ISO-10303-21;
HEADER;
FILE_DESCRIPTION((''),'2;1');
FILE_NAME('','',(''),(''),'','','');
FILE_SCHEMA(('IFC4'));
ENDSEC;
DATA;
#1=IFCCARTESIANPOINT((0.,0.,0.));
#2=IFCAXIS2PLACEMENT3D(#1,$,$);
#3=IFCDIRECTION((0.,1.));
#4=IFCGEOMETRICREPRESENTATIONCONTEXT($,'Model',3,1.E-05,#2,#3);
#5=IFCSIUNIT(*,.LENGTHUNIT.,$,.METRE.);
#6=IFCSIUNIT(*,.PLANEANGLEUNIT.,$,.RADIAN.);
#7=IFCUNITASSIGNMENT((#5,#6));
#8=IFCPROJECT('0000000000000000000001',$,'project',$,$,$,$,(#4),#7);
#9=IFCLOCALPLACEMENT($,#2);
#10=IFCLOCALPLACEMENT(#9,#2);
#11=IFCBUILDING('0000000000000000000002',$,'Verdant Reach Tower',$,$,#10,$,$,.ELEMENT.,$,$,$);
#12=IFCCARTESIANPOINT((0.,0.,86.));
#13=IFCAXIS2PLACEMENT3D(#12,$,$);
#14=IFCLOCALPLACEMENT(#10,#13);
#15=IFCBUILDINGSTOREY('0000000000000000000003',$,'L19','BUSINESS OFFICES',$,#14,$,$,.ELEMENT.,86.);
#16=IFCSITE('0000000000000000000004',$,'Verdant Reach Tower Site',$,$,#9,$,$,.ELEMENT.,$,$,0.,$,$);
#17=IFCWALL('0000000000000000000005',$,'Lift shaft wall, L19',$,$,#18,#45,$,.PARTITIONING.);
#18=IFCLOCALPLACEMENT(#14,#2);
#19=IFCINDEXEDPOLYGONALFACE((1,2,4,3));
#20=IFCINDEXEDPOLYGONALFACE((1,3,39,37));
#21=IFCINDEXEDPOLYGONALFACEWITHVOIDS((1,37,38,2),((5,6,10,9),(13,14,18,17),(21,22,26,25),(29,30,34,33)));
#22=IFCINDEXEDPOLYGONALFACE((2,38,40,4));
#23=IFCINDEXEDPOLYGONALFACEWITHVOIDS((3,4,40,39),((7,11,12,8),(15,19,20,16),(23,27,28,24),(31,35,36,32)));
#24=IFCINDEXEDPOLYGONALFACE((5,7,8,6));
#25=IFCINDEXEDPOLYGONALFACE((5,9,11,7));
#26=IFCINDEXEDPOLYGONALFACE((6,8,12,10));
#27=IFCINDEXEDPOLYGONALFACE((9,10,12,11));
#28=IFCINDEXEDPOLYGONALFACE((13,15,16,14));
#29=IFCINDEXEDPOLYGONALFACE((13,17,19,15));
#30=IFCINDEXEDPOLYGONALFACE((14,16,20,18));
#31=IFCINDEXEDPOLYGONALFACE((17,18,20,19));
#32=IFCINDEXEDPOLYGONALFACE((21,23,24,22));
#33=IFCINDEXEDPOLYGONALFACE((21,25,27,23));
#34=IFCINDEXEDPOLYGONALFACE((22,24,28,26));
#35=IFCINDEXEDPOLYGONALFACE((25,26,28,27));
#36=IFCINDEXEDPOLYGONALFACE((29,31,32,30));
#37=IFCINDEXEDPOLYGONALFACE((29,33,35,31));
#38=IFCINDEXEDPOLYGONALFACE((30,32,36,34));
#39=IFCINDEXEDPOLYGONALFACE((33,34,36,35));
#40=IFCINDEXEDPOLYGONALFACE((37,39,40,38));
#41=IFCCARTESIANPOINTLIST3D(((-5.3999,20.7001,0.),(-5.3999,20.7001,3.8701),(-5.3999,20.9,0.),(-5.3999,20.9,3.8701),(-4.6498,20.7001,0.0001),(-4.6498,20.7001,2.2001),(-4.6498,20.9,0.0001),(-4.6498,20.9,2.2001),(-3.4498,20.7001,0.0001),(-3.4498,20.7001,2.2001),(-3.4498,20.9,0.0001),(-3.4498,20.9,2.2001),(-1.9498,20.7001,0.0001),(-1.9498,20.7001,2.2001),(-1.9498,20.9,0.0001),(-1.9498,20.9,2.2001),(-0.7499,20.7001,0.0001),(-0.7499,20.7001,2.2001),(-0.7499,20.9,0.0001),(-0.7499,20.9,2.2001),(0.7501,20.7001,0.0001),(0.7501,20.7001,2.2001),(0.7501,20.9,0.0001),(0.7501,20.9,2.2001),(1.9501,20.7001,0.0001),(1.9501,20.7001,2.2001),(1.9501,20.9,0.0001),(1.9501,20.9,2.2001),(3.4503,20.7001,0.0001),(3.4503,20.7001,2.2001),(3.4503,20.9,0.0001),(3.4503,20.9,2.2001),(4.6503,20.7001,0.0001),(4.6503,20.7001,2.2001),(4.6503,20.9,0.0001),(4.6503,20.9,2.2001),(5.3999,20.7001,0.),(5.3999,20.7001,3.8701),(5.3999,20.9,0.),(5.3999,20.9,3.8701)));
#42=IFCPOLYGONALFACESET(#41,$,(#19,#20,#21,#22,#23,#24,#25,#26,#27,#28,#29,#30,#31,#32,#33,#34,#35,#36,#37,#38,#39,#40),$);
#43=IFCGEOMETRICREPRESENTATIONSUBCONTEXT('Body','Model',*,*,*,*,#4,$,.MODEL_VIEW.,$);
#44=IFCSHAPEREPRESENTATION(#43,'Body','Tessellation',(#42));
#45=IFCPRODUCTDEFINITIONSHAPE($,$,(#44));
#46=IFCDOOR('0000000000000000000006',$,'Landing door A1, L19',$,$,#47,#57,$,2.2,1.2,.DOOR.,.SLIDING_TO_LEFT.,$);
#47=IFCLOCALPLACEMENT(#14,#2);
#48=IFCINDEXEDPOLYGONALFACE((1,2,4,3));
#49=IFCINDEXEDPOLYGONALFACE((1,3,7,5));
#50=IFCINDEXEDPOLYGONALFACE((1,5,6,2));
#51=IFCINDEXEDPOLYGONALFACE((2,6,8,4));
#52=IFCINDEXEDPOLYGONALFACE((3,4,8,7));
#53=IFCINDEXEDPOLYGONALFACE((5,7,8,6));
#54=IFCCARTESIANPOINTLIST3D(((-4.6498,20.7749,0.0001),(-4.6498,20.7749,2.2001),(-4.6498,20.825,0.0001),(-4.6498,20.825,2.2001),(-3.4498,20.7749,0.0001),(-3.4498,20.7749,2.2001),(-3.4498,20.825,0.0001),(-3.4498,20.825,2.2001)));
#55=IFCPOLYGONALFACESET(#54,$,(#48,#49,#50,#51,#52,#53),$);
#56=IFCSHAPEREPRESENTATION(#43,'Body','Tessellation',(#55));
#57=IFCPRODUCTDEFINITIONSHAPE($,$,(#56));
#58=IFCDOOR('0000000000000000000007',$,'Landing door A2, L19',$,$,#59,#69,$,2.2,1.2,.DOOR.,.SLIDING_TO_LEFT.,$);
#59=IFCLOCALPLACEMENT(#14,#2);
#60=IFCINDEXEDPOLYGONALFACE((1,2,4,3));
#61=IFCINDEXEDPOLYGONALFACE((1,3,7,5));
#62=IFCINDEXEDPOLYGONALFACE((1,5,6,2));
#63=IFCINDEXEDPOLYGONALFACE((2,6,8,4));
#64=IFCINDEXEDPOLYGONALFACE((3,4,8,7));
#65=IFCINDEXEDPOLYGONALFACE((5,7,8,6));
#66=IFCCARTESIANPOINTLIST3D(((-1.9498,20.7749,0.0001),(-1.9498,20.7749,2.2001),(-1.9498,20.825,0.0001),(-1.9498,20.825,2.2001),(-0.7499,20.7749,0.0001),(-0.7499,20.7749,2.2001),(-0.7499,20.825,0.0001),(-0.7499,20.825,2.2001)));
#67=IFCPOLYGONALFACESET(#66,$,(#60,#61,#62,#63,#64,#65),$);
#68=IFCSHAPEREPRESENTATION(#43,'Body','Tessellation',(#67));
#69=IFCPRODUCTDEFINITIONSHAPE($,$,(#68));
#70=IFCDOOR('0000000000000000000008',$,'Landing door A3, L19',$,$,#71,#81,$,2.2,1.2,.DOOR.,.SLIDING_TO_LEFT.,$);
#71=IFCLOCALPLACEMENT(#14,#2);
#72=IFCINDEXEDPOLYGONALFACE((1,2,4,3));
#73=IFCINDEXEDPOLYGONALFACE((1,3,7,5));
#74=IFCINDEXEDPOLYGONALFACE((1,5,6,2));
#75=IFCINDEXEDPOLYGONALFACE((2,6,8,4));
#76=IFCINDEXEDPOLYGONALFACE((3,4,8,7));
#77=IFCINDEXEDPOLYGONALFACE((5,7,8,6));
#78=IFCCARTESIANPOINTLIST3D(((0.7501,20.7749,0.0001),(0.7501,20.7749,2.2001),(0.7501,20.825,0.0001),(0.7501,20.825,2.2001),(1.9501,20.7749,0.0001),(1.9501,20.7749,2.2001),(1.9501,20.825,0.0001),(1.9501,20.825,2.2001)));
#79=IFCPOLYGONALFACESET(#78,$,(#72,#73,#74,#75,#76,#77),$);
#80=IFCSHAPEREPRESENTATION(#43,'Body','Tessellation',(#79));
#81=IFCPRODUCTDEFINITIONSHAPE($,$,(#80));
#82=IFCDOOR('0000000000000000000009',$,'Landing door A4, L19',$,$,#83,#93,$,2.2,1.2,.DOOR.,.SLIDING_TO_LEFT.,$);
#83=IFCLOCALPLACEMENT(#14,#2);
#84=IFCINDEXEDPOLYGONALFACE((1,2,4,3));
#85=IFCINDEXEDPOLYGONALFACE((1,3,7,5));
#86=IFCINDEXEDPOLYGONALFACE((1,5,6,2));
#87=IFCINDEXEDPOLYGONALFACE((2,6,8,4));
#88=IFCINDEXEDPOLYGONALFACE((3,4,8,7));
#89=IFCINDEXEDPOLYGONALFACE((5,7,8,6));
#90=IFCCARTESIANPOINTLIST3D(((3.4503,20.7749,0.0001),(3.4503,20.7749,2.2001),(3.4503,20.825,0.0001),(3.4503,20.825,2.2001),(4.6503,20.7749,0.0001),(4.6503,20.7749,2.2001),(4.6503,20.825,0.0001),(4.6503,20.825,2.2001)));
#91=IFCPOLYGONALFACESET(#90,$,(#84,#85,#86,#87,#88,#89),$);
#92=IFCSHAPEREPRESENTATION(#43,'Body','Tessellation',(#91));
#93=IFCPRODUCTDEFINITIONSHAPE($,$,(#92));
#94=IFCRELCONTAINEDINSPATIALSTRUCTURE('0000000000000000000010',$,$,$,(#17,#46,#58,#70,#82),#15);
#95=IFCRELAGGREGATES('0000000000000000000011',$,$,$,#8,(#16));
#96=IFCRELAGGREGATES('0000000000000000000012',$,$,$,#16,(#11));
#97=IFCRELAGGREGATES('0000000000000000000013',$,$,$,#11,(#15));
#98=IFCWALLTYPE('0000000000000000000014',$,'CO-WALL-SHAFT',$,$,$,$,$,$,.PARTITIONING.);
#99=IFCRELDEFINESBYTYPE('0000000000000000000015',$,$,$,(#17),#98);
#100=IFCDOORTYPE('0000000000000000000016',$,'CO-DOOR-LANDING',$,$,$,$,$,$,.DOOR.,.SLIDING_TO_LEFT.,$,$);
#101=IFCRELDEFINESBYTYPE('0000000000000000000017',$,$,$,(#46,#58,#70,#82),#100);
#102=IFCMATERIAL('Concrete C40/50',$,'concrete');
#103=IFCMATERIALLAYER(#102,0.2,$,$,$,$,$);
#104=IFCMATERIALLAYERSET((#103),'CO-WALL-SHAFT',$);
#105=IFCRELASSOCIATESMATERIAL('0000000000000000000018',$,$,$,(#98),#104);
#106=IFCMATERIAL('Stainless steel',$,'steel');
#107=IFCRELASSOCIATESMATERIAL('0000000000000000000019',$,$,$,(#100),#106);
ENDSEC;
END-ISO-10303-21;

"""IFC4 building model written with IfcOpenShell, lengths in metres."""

from ifc_helpers import new_model, si_unit, direction, frame, frame_2d, origin, place, context, subcontext, project, spatial, rectangle, extrude, material, layer, layer_set, type_object, element, fill, save


model = new_model("IFC4")

# Units and contexts
model_context = context("Model", 3, precision=1e-05, world=origin(), true_north=direction((0.0, 1.0)))
body_context = subcontext(model_context, "Body", "Model", "MODEL_VIEW")
ifc_project = project(units=[si_unit("LENGTHUNIT", "METRE"), si_unit("PLANEANGLEUNIT", "RADIAN")], contexts=[model_context])

# Site, building, storey
site_placement = place(None, origin())
site = spatial("IfcSite", under=ifc_project, at=site_placement, Name="Verdant Reach Tower Site", CompositionType="ELEMENT", RefElevation=0.0)
building_placement = place(site_placement, origin())
building = spatial("IfcBuilding", under=site, at=building_placement, Name="Verdant Reach Tower", CompositionType="ELEMENT")
storey_placement = place(building_placement, frame((0.0, 0.0, 86.0)))
storey = spatial("IfcBuildingStorey", under=building, at=storey_placement, Name="L19", Description="BUSINESS OFFICES", CompositionType="ELEMENT", Elevation=86.0)

# Wall, openings, doors
ifc_material_1 = material(Name="Concrete C40/50", Category="concrete")
ifc_layer_1 = layer(ifc_material_1, 0.2)
ifc_layer_set_1 = layer_set([ifc_layer_1], Name="CO-WALL-SHAFT")
wall_type_1 = type_object("IfcWallType", Name="CO-WALL-SHAFT", PredefinedType="PARTITIONING", material=ifc_layer_set_1)
wall_1_placement = place(storey_placement, frame((-5.3999, 20.8, 0.0), z_axis=(0.0, 0.0, 1.0), x_axis=(1.0, 0.0, 0.0)))
wall_1 = element("IfcWall", 1, at=wall_1_placement, inside=storey, type_object=wall_type_1, Name="Lift shaft wall, L19", PredefinedType="PARTITIONING", context=body_context, shape_type="SweptSolid", body=[
    extrude(rectangle(XDim=10.7998, YDim=0.2, at=frame_2d((5.3999, 0.0))), origin(), (0.0, 0.0, 1.0), 3.8701),
])
opening_1_placement = place(wall_1_placement, frame((0.75, 0.0, 0.0)))
opening_1 = element("IfcOpeningElement", 2, at=opening_1_placement, cuts=wall_1, PredefinedType="OPENING", context=body_context, shape_type="SweptSolid", body=[
    extrude(rectangle(XDim=1.2, YDim=2.2, at=frame_2d((0.6001, 1.1001))), frame((0.0, 0.1099, 0.0), z_axis=(0.0, -1.0, 0.0), x_axis=(1.0, 0.0, 0.0)), (0.0, 0.0, 1.0), 0.22),
])
opening_2_placement = place(wall_1_placement, frame((3.45, 0.0, 0.0)))
opening_2 = element("IfcOpeningElement", 3, at=opening_2_placement, cuts=wall_1, PredefinedType="OPENING", context=body_context, shape_type="SweptSolid", body=[
    extrude(rectangle(XDim=1.2, YDim=2.2, at=frame_2d((0.6001, 1.1001))), frame((0.0, 0.1099, 0.0), z_axis=(0.0, -1.0, 0.0), x_axis=(1.0, 0.0, 0.0)), (0.0, 0.0, 1.0), 0.22),
])
opening_3_placement = place(wall_1_placement, frame((6.1499, 0.0, 0.0)))
opening_3 = element("IfcOpeningElement", 4, at=opening_3_placement, cuts=wall_1, PredefinedType="OPENING", context=body_context, shape_type="SweptSolid", body=[
    extrude(rectangle(XDim=1.2, YDim=2.2, at=frame_2d((0.6001, 1.1001))), frame((0.0, 0.1099, 0.0), z_axis=(0.0, -1.0, 0.0), x_axis=(1.0, 0.0, 0.0)), (0.0, 0.0, 1.0), 0.22),
])
opening_4_placement = place(wall_1_placement, frame((8.8501, 0.0, 0.0)))
opening_4 = element("IfcOpeningElement", 5, at=opening_4_placement, cuts=wall_1, PredefinedType="OPENING", context=body_context, shape_type="SweptSolid", body=[
    extrude(rectangle(XDim=1.2, YDim=2.2, at=frame_2d((0.6001, 1.1001))), frame((0.0, 0.1099, 0.0), z_axis=(0.0, -1.0, 0.0), x_axis=(1.0, 0.0, 0.0)), (0.0, 0.0, 1.0), 0.22),
])
ifc_material_2 = material(Name="Stainless steel", Category="steel")
door_type_1 = type_object("IfcDoorType", Name="CO-DOOR-LANDING", OperationType="SLIDING_TO_LEFT", PredefinedType="DOOR", material=ifc_material_2)
door_1_placement = place(opening_1_placement, origin())
door_1 = element("IfcDoor", 6, at=door_1_placement, inside=storey, type_object=door_type_1, Name="Landing door A1, L19", OperationType="SLIDING_TO_LEFT", OverallHeight=2.2, OverallWidth=1.2, PredefinedType="DOOR", context=body_context, shape_type="SweptSolid", body=[
    extrude(rectangle(XDim=1.2, YDim=2.2, at=frame_2d((0.6001, 1.1001))), frame((0.0, 0.0249, 0.0), z_axis=(0.0, -1.0, 0.0), x_axis=(1.0, 0.0, 0.0)), (0.0, 0.0, 1.0), 0.05),
])
fill(opening_1, door_1)
door_2_placement = place(opening_2_placement, origin())
door_2 = element("IfcDoor", 7, at=door_2_placement, inside=storey, type_object=door_type_1, Name="Landing door A2, L19", OperationType="SLIDING_TO_LEFT", OverallHeight=2.2, OverallWidth=1.2, PredefinedType="DOOR", context=body_context, shape_type="SweptSolid", body=[
    extrude(rectangle(XDim=1.2, YDim=2.2, at=frame_2d((0.6001, 1.1001))), frame((0.0, 0.0249, 0.0), z_axis=(0.0, -1.0, 0.0), x_axis=(1.0, 0.0, 0.0)), (0.0, 0.0, 1.0), 0.05),
])
fill(opening_2, door_2)
door_3_placement = place(opening_3_placement, origin())
door_3 = element("IfcDoor", 8, at=door_3_placement, inside=storey, type_object=door_type_1, Name="Landing door A3, L19", OperationType="SLIDING_TO_LEFT", OverallHeight=2.2, OverallWidth=1.2, PredefinedType="DOOR", context=body_context, shape_type="SweptSolid", body=[
    extrude(rectangle(XDim=1.2, YDim=2.2, at=frame_2d((0.6001, 1.1001))), frame((0.0, 0.0249, 0.0), z_axis=(0.0, -1.0, 0.0), x_axis=(1.0, 0.0, 0.0)), (0.0, 0.0, 1.0), 0.05),
])
fill(opening_3, door_3)
door_4_placement = place(opening_4_placement, origin())
door_4 = element("IfcDoor", 9, at=door_4_placement, inside=storey, type_object=door_type_1, Name="Landing door A4, L19", OperationType="SLIDING_TO_LEFT", OverallHeight=2.2, OverallWidth=1.2, PredefinedType="DOOR", context=body_context, shape_type="SweptSolid", body=[
    extrude(rectangle(XDim=1.2, YDim=2.2, at=frame_2d((0.6001, 1.1001))), frame((0.0, 0.0249, 0.0), z_axis=(0.0, -1.0, 0.0), x_axis=(1.0, 0.0, 0.0)), (0.0, 0.0, 1.0), 0.05),
])
fill(opening_4, door_4)

save(model, "model.ifc")
